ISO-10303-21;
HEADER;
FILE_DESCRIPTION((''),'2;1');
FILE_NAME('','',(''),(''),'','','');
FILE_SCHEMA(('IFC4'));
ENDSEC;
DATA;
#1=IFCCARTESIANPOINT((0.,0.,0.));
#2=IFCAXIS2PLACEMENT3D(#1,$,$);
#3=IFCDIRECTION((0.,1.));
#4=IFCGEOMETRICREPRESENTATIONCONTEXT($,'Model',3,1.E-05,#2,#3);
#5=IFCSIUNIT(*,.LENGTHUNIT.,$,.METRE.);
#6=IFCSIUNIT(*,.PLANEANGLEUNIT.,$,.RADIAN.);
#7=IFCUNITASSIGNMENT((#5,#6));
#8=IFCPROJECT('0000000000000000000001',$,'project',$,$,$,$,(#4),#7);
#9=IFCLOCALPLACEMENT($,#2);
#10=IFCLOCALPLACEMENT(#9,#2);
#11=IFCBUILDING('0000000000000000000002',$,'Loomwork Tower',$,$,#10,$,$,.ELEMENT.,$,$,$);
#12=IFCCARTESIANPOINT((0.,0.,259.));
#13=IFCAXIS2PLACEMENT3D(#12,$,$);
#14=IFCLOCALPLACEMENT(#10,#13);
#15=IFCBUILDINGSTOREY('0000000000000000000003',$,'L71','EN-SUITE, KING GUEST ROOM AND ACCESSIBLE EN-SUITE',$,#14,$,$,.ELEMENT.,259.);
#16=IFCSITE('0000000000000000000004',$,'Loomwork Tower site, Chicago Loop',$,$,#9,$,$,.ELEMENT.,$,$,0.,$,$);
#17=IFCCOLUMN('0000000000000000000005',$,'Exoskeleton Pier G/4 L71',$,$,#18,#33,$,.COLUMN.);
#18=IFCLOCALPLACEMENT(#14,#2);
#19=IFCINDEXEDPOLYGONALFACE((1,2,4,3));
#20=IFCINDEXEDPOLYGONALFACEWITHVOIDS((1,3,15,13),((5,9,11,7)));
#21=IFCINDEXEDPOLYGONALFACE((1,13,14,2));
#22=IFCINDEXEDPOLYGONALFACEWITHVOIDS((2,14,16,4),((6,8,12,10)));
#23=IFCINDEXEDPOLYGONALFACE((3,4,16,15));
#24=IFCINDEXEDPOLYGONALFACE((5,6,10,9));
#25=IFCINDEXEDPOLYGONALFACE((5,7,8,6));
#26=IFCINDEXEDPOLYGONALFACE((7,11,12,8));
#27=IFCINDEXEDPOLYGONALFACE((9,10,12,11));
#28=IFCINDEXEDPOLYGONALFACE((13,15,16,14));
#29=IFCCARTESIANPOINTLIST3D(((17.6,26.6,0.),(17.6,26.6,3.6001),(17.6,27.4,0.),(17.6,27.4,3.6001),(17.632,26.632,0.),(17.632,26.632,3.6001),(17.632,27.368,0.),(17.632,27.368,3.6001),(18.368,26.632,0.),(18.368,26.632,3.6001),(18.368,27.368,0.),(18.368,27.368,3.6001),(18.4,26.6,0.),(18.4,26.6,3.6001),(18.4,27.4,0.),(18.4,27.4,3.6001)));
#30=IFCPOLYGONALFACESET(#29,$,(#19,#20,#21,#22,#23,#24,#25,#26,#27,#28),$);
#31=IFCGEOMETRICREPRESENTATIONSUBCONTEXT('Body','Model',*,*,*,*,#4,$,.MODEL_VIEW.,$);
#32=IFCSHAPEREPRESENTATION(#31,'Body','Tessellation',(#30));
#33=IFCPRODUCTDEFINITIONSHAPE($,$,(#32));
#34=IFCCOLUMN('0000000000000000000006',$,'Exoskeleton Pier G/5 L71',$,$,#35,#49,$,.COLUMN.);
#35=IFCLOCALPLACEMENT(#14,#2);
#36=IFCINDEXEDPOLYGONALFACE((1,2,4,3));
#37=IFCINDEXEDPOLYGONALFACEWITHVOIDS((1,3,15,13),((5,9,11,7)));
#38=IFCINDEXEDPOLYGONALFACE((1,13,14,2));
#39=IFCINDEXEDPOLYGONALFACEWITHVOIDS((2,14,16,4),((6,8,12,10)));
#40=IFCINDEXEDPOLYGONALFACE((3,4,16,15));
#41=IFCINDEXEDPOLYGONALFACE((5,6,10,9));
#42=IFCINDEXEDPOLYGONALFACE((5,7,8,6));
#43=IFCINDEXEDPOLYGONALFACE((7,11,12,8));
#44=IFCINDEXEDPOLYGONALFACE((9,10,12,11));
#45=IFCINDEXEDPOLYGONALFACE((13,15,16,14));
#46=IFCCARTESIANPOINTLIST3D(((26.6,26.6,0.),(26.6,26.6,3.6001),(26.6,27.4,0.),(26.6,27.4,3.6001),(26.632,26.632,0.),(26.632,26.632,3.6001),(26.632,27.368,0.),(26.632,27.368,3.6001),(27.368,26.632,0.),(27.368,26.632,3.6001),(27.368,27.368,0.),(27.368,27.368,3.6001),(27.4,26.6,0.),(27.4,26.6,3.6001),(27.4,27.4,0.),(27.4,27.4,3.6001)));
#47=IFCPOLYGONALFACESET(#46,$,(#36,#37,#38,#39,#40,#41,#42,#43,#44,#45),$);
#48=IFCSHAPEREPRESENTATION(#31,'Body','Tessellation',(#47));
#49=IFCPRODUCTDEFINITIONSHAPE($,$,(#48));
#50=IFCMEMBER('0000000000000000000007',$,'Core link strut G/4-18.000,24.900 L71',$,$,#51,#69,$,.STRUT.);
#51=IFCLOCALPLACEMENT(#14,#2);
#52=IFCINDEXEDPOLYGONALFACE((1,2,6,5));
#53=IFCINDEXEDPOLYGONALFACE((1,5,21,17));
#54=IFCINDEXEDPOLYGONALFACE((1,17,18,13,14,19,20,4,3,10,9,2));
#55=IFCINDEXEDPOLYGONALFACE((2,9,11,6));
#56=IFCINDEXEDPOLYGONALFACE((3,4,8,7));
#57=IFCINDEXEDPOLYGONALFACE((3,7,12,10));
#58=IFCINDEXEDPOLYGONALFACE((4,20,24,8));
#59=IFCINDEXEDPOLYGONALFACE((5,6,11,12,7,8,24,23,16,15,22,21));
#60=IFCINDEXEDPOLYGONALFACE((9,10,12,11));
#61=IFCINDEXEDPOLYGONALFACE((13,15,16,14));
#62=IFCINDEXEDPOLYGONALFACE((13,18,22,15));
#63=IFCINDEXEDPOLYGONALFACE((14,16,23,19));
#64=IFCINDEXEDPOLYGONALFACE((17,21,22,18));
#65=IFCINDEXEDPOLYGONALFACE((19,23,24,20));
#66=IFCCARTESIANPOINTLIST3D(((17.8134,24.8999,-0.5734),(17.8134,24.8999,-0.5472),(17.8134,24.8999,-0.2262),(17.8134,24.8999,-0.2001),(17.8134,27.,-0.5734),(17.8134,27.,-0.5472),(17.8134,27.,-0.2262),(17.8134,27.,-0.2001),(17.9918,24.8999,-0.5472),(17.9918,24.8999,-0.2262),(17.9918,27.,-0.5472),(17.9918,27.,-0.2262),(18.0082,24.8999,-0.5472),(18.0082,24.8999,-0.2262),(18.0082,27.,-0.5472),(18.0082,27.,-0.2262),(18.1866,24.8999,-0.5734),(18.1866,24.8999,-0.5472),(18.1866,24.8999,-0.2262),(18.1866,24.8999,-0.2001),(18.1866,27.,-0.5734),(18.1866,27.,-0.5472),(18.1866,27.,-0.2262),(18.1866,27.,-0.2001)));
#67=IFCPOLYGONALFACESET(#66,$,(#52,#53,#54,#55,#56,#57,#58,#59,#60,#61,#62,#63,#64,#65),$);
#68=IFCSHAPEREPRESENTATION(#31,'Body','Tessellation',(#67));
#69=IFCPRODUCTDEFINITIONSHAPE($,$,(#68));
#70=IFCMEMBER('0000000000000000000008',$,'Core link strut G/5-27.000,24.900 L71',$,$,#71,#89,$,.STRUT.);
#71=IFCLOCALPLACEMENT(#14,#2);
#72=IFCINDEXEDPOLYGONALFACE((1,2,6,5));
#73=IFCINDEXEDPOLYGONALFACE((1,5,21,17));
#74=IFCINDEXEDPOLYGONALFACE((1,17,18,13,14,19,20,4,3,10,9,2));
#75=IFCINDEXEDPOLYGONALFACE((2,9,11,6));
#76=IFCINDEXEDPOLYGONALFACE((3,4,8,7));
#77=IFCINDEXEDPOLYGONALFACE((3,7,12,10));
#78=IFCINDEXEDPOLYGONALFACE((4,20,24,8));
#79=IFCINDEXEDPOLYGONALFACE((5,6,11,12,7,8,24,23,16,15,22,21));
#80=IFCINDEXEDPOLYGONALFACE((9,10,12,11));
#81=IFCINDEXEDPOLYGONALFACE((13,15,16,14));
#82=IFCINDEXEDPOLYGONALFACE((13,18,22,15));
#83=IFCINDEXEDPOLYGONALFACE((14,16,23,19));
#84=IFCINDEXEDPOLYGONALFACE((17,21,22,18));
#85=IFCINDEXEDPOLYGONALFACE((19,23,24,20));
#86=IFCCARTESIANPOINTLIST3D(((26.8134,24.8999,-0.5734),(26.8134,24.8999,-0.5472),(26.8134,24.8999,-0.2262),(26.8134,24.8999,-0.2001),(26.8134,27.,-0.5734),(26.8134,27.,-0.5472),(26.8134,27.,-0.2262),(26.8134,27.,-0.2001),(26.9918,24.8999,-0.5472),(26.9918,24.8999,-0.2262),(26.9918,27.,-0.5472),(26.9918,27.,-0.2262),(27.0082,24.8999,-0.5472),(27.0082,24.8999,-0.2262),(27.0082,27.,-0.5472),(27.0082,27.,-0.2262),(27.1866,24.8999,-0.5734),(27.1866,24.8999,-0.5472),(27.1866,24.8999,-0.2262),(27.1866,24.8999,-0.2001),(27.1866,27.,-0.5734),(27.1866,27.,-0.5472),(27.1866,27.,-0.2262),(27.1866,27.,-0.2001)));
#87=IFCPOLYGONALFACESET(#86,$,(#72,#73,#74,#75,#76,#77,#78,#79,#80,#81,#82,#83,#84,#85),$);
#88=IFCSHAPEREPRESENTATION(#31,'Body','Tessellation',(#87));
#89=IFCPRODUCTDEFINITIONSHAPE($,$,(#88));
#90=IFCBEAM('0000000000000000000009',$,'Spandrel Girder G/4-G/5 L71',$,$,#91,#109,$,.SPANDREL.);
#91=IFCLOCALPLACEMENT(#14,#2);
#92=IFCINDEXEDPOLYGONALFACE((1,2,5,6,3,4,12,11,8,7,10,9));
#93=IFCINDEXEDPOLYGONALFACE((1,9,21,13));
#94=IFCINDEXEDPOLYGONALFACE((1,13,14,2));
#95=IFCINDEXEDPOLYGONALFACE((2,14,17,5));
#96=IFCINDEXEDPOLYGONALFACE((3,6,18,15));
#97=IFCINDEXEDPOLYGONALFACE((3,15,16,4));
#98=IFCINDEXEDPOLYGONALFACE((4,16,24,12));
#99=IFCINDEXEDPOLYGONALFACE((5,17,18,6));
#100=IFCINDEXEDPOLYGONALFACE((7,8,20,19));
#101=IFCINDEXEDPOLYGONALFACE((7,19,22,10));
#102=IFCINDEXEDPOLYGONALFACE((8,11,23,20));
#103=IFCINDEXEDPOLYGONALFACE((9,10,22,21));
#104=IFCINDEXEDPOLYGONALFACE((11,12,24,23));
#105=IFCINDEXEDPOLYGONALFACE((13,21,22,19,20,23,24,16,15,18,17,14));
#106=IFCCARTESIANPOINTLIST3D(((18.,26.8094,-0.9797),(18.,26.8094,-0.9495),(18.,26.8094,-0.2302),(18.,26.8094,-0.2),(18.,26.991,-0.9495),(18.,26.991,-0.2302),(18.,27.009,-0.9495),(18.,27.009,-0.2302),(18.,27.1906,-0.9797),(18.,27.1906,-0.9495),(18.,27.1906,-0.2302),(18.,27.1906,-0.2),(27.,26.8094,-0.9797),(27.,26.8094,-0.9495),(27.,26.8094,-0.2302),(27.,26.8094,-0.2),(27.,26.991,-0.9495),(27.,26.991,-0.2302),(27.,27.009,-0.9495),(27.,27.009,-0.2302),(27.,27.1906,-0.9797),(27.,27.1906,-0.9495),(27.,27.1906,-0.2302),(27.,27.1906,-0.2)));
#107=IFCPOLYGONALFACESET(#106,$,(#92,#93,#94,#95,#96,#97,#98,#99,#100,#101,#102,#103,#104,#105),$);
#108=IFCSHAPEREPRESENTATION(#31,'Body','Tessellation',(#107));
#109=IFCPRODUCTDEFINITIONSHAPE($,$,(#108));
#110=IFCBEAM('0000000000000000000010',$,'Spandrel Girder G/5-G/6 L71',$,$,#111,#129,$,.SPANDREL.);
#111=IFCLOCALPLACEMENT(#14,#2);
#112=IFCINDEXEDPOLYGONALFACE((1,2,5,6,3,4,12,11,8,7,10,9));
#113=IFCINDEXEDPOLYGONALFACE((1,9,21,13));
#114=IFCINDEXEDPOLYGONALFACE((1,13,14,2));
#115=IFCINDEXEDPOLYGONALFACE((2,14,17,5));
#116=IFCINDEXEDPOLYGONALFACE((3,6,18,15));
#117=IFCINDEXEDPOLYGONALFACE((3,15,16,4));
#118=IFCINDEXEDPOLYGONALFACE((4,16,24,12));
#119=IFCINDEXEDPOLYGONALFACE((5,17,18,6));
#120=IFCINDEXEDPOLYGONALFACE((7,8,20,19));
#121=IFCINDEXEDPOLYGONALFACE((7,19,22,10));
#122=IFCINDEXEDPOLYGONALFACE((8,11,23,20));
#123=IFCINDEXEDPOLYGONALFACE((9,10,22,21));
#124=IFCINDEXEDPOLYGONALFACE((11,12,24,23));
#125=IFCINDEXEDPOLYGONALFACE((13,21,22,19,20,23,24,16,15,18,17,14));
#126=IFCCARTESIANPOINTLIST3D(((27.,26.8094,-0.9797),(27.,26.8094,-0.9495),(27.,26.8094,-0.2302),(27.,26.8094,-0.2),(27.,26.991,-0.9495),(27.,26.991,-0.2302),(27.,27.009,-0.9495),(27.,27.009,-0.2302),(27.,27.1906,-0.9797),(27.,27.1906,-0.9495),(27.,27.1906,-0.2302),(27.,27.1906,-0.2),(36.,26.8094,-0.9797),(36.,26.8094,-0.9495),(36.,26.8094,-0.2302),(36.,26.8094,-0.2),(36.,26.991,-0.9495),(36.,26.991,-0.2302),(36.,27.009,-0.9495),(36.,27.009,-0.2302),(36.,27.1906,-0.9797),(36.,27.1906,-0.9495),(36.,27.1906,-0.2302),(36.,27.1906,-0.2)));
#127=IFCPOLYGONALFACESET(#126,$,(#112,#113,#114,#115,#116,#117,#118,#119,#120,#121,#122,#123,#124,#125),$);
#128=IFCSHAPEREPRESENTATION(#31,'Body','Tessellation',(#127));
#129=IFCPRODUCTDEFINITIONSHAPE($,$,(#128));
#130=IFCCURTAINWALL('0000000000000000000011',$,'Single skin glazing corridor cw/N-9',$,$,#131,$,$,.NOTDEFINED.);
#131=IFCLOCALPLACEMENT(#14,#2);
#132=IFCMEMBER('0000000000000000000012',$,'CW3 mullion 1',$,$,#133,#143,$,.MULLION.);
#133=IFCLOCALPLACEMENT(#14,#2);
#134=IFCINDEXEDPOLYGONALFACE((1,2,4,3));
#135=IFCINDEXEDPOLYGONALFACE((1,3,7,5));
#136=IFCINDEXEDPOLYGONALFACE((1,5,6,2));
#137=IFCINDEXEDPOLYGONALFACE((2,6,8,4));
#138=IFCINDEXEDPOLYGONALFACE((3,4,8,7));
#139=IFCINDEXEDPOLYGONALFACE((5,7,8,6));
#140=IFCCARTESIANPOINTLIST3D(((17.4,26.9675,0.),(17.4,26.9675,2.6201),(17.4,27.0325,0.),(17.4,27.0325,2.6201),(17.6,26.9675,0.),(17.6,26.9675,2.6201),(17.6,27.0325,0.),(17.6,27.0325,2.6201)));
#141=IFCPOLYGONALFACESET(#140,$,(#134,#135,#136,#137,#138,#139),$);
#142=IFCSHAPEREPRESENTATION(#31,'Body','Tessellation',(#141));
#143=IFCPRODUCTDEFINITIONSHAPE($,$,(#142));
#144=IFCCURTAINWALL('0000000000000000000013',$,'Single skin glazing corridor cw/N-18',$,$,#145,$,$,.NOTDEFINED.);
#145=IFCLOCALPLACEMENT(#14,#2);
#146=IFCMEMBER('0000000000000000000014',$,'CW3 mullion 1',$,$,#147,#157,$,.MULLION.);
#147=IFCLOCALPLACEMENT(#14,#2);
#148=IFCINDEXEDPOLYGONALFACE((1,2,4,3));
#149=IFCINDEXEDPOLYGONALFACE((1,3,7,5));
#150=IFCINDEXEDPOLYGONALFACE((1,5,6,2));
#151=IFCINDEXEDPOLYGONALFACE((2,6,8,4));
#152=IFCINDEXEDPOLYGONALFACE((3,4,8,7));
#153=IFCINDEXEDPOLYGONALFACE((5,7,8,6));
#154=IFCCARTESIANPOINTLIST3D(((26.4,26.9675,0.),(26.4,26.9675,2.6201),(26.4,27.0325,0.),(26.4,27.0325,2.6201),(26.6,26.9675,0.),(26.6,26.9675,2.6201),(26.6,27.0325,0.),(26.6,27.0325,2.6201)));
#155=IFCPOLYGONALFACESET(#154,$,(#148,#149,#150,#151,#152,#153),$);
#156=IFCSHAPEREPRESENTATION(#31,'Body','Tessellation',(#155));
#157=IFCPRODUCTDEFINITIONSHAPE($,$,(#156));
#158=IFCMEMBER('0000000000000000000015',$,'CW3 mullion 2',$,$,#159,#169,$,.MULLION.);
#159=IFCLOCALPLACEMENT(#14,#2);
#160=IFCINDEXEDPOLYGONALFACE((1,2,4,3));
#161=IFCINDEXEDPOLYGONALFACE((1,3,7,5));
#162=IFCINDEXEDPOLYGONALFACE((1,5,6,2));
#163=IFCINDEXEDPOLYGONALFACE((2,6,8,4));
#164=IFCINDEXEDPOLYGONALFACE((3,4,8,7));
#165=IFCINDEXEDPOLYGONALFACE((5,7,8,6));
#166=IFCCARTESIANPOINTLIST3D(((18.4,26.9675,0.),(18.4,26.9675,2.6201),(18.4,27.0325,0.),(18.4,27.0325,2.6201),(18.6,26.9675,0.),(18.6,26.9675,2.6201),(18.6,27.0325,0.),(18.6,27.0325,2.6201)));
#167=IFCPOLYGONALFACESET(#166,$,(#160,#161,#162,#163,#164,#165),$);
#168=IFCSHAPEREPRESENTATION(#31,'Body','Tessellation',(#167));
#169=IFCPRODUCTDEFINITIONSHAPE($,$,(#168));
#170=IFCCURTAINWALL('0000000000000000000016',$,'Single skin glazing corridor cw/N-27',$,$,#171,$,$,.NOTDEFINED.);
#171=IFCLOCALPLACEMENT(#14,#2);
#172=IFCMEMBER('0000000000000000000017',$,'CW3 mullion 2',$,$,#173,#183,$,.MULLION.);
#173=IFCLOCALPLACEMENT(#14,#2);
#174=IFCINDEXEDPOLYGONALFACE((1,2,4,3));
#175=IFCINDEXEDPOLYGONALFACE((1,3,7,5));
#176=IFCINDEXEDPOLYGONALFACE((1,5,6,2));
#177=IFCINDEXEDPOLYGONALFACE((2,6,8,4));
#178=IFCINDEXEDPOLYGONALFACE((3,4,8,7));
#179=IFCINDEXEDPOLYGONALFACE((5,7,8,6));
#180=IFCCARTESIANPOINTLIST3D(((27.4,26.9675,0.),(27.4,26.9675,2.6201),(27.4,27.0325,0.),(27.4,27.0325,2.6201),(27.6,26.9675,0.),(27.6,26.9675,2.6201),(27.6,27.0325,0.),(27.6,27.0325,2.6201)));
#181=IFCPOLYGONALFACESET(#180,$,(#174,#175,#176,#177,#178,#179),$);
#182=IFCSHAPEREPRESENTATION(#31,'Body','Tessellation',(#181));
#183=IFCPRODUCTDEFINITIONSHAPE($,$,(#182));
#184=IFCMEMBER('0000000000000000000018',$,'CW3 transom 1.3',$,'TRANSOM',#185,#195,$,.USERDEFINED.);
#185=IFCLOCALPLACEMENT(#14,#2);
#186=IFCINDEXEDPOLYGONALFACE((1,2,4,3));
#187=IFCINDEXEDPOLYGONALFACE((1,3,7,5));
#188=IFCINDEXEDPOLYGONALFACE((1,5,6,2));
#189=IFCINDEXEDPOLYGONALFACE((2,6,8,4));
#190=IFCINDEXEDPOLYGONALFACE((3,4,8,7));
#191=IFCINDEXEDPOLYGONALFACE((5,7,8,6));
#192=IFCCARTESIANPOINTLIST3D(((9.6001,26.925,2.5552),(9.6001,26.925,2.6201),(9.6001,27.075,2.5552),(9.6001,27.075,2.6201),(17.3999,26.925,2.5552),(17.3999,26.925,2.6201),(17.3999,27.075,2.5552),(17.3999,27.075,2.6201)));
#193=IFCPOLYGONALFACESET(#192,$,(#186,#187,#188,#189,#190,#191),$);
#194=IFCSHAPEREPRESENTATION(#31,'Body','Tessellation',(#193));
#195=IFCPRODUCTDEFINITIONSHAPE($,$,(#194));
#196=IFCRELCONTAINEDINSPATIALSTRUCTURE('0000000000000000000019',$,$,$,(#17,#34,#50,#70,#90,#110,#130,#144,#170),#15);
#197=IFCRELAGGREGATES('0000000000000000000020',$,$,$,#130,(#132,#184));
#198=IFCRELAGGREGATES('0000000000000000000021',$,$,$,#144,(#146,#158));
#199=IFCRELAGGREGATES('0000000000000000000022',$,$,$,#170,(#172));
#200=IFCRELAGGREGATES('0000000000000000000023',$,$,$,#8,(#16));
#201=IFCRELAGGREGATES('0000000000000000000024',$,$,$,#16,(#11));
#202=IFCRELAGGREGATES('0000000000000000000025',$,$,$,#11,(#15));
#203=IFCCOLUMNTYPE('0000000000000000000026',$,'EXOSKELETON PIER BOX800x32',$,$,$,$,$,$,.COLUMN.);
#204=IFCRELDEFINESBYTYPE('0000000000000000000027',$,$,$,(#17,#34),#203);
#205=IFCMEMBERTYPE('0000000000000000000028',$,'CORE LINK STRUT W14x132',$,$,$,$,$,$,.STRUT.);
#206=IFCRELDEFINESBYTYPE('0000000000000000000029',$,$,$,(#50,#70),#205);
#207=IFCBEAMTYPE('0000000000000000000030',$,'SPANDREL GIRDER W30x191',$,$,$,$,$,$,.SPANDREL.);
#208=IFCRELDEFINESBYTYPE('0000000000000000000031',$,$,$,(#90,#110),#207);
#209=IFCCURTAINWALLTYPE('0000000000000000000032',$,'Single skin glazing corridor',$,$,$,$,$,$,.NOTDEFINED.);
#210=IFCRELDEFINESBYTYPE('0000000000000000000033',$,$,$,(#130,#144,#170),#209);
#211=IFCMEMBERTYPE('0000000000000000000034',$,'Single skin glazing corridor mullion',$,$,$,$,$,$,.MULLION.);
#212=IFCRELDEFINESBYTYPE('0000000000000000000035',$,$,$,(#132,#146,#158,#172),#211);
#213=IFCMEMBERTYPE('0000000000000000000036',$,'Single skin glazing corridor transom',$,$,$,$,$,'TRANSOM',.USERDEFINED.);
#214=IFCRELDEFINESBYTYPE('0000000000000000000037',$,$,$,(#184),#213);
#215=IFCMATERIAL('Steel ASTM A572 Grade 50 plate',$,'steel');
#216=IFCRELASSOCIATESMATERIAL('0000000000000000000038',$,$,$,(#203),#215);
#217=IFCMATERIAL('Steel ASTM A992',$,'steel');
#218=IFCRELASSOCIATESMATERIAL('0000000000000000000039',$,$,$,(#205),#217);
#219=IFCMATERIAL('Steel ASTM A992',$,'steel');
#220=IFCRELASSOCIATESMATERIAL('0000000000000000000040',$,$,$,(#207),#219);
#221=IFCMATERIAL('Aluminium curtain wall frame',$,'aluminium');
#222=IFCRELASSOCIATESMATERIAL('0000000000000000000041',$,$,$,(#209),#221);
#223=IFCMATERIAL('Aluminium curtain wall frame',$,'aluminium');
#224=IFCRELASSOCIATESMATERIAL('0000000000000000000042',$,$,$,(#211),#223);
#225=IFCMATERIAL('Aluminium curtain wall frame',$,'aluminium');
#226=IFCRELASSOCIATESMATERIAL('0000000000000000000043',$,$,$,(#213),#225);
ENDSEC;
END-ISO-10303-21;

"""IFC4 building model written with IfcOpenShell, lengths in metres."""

from ifc_helpers import new_model, si_unit, direction, frame, origin, origin_2d, place, context, subcontext, project, spatial, rectangle, hollow_rectangle, i_section, extrude, material, material_profile, profile_set, type_object, element, aggregate, save


model = new_model("IFC4")

# Units and contexts
model_context = context("Model", 3, precision=1e-05, world=origin(), true_north=direction((0.0, 1.0)))
body_context = subcontext(model_context, "Body", "Model", "MODEL_VIEW")
ifc_project = project(units=[si_unit("LENGTHUNIT", "METRE"), si_unit("PLANEANGLEUNIT", "RADIAN")], contexts=[model_context])

# Site, building, storey
site_placement = place(None, origin())
site = spatial("IfcSite", under=ifc_project, at=site_placement, Name="Loomwork Tower site, Chicago Loop", CompositionType="ELEMENT", RefElevation=0.0)
building_placement = place(site_placement, origin())
building = spatial("IfcBuilding", under=site, at=building_placement, Name="Loomwork Tower", CompositionType="ELEMENT")
storey_placement = place(building_placement, frame((0.0, 0.0, 259.0)))
storey = spatial("IfcBuildingStorey", under=building, at=storey_placement, Name="L71", Description="EN-SUITE, KING GUEST ROOM AND ACCESSIBLE EN-SUITE", CompositionType="ELEMENT", Elevation=259.0)

# Columns
ifc_material_1 = material(Name="Steel ASTM A572 Grade 50 plate", Category="steel")
ifc_material_profile_1 = material_profile(ifc_material_1, hollow_rectangle(XDim=0.8, YDim=0.8, WallThickness=0.032, at=origin_2d()), Name="BOX800x32")
ifc_profile_set_1 = profile_set([ifc_material_profile_1], Name="Steel ASTM A572 Grade 50 plate")
column_type = type_object("IfcColumnType", Name="EXOSKELETON PIER BOX800x32", PredefinedType="COLUMN", material=ifc_profile_set_1)
for number, where, z_axis, x_axis, name in (
    (1, (18.0, 27.0, 0.0), (0.0, 0.0, 1.0), (1.0, 0.0, 0.0), "Exoskeleton Pier G/4 L71"),
    (2, (27.0, 27.0, 0.0), (0.0, 0.0, 1.0), (1.0, 0.0, 0.0), "Exoskeleton Pier G/5 L71"),
):
    element("IfcColumn", number, at=place(storey_placement, frame(where, z_axis=z_axis, x_axis=x_axis)), inside=storey, type_object=column_type, Name=name, PredefinedType="COLUMN", context=body_context, shape_type="SweptSolid", body=[
        extrude(hollow_rectangle(XDim=0.8, YDim=0.8, WallThickness=0.032, at=origin_2d()), origin(), (0.0, 0.0, 1.0), 3.6001),
    ])

# Members
ifc_material_2 = material(Name="Steel ASTM A992", Category="steel")
ifc_material_profile_2 = material_profile(ifc_material_2, i_section(OverallWidth=0.3733, OverallDepth=0.3733, WebThickness=0.0164, FlangeThickness=0.0261, at=origin_2d()), Name="W14x132")
ifc_profile_set_2 = profile_set([ifc_material_profile_2], Name="Steel ASTM A992")
member_type_1 = type_object("IfcMemberType", Name="CORE LINK STRUT W14x132", PredefinedType="STRUT", material=ifc_profile_set_2)
for number, where, z_axis, x_axis, name in (
    (3, (18.0, 27.0, -0.3867), (0.0, -1.0, 0.0), (1.0, 0.0, 0.0), "Core link strut G/4-18.000,24.900 L71"),
    (4, (27.0, 27.0, -0.3867), (0.0, -1.0, 0.0), (1.0, 0.0, 0.0), "Core link strut G/5-27.000,24.900 L71"),
):
    element("IfcMember", number, at=place(storey_placement, frame(where, z_axis=z_axis, x_axis=x_axis)), inside=storey, type_object=member_type_1, Name=name, PredefinedType="STRUT", context=body_context, shape_type="SweptSolid", body=[
        extrude(i_section(OverallWidth=0.3733, OverallDepth=0.3733, WebThickness=0.0164, FlangeThickness=0.0261, at=origin_2d()), origin(), (0.0, 0.0, 1.0), 2.1001),
    ])

# Beams
ifc_material_3 = material(Name="Steel ASTM A992", Category="steel")
ifc_material_profile_3 = material_profile(ifc_material_3, i_section(OverallWidth=0.3811, OverallDepth=0.7798, WebThickness=0.0181, FlangeThickness=0.0303, at=origin_2d()), Name="W30x191")
ifc_profile_set_3 = profile_set([ifc_material_profile_3], Name="Steel ASTM A992")
beam_type = type_object("IfcBeamType", Name="SPANDREL GIRDER W30x191", PredefinedType="SPANDREL", material=ifc_profile_set_3)
for number, where, z_axis, x_axis, name in (
    (5, (18.0, 27.0, -0.5898), (1.0, 0.0, 0.0), (0.0, 1.0, 0.0), "Spandrel Girder G/4-G/5 L71"),
    (6, (27.0, 27.0, -0.5898), (1.0, 0.0, 0.0), (0.0, 1.0, 0.0), "Spandrel Girder G/5-G/6 L71"),
):
    element("IfcBeam", number, at=place(storey_placement, frame(where, z_axis=z_axis, x_axis=x_axis)), inside=storey, type_object=beam_type, Name=name, PredefinedType="SPANDREL", context=body_context, shape_type="SweptSolid", body=[
        extrude(i_section(OverallWidth=0.3811, OverallDepth=0.7798, WebThickness=0.0181, FlangeThickness=0.0303, at=origin_2d()), origin(), (0.0, 0.0, 1.0), 9.0),
    ])

# Curtain wall, member
ifc_material_4 = material(Name="Aluminium curtain wall frame", Category="aluminium")
curtain_wall_type = type_object("IfcCurtainWallType", Name="Single skin glazing corridor", PredefinedType="NOTDEFINED", material=ifc_material_4)
curtain_wall_1_placement = place(storey_placement, origin())
curtain_wall_1 = element("IfcCurtainWall", 7, at=curtain_wall_1_placement, inside=storey, type_object=curtain_wall_type, Name="Single skin glazing corridor cw/N-9", PredefinedType="NOTDEFINED")
ifc_material_5 = material(Name="Aluminium curtain wall frame", Category="aluminium")
ifc_material_profile_4 = material_profile(ifc_material_5, rectangle(XDim=0.0649, YDim=0.2, at=origin_2d()), Name="AL 65x200")
ifc_profile_set_4 = profile_set([ifc_material_profile_4], Name="Aluminium curtain wall frame")
member_type_2 = type_object("IfcMemberType", Name="Single skin glazing corridor mullion", PredefinedType="MULLION", material=ifc_profile_set_4)
member_1_placement = place(storey_placement, frame((17.5, 27.0, 0.0), z_axis=(0.0, 0.0, 1.0), x_axis=(0.0, -1.0, 0.0)))
member_1 = element("IfcMember", 8, at=member_1_placement, type_object=member_type_2, Name="CW3 mullion 1", PredefinedType="MULLION", context=body_context, shape_type="SweptSolid", body=[
    extrude(rectangle(XDim=0.0649, YDim=0.2, at=origin_2d()), origin(), (0.0, 0.0, 1.0), 2.6201),
])

# Curtain wall, members
curtain_wall_2_placement = place(storey_placement, origin())
curtain_wall_2 = element("IfcCurtainWall", 9, at=curtain_wall_2_placement, inside=storey, type_object=curtain_wall_type, Name="Single skin glazing corridor cw/N-18", PredefinedType="NOTDEFINED")
member_2_placement = place(storey_placement, frame((26.5, 27.0, 0.0), z_axis=(0.0, 0.0, 1.0), x_axis=(0.0, -1.0, 0.0)))
member_2 = element("IfcMember", 10, at=member_2_placement, type_object=member_type_2, Name="CW3 mullion 1", PredefinedType="MULLION", context=body_context, shape_type="SweptSolid", body=[
    extrude(rectangle(XDim=0.0649, YDim=0.2, at=origin_2d()), origin(), (0.0, 0.0, 1.0), 2.6201),
])
member_3_placement = place(storey_placement, frame((18.5, 27.0, 0.0), z_axis=(0.0, 0.0, 1.0), x_axis=(0.0, -1.0, 0.0)))
member_3 = element("IfcMember", 11, at=member_3_placement, type_object=member_type_2, Name="CW3 mullion 2", PredefinedType="MULLION", context=body_context, shape_type="SweptSolid", body=[
    extrude(rectangle(XDim=0.0649, YDim=0.2, at=origin_2d()), origin(), (0.0, 0.0, 1.0), 2.6201),
])

# Curtain wall, member
curtain_wall_3_placement = place(storey_placement, origin())
curtain_wall_3 = element("IfcCurtainWall", 12, at=curtain_wall_3_placement, inside=storey, type_object=curtain_wall_type, Name="Single skin glazing corridor cw/N-27", PredefinedType="NOTDEFINED")
member_4_placement = place(storey_placement, frame((27.5, 27.0, 0.0), z_axis=(0.0, 0.0, 1.0), x_axis=(0.0, -1.0, 0.0)))
member_4 = element("IfcMember", 13, at=member_4_placement, type_object=member_type_2, Name="CW3 mullion 2", PredefinedType="MULLION", context=body_context, shape_type="SweptSolid", body=[
    extrude(rectangle(XDim=0.0649, YDim=0.2, at=origin_2d()), origin(), (0.0, 0.0, 1.0), 2.6201),
])

# Member
ifc_material_6 = material(Name="Aluminium curtain wall frame", Category="aluminium")
ifc_material_profile_5 = material_profile(ifc_material_6, rectangle(XDim=0.1499, YDim=0.0649, at=origin_2d()), Name="AL 65x150")
ifc_profile_set_5 = profile_set([ifc_material_profile_5], Name="Aluminium curtain wall frame")
member_type_3 = type_object("IfcMemberType", Name="Single skin glazing corridor transom", ElementType="TRANSOM", PredefinedType="USERDEFINED", material=ifc_profile_set_5)
member_5_placement = place(storey_placement, frame((17.3999, 27.0, 2.5876), z_axis=(-1.0, 0.0, 0.0), x_axis=(0.0, -1.0, 0.0)))
member_5 = element("IfcMember", 14, at=member_5_placement, type_object=member_type_3, Name="CW3 transom 1.3", ObjectType="TRANSOM", PredefinedType="USERDEFINED", context=body_context, shape_type="SweptSolid", body=[
    extrude(rectangle(XDim=0.1499, YDim=0.0649, at=origin_2d()), origin(), (0.0, 0.0, 1.0), 7.7998),
])
aggregate(curtain_wall_1, [member_1, member_5])

aggregate(curtain_wall_2, [member_2, member_3])
aggregate(curtain_wall_3, [member_4])

save(model, "model.ifc")
